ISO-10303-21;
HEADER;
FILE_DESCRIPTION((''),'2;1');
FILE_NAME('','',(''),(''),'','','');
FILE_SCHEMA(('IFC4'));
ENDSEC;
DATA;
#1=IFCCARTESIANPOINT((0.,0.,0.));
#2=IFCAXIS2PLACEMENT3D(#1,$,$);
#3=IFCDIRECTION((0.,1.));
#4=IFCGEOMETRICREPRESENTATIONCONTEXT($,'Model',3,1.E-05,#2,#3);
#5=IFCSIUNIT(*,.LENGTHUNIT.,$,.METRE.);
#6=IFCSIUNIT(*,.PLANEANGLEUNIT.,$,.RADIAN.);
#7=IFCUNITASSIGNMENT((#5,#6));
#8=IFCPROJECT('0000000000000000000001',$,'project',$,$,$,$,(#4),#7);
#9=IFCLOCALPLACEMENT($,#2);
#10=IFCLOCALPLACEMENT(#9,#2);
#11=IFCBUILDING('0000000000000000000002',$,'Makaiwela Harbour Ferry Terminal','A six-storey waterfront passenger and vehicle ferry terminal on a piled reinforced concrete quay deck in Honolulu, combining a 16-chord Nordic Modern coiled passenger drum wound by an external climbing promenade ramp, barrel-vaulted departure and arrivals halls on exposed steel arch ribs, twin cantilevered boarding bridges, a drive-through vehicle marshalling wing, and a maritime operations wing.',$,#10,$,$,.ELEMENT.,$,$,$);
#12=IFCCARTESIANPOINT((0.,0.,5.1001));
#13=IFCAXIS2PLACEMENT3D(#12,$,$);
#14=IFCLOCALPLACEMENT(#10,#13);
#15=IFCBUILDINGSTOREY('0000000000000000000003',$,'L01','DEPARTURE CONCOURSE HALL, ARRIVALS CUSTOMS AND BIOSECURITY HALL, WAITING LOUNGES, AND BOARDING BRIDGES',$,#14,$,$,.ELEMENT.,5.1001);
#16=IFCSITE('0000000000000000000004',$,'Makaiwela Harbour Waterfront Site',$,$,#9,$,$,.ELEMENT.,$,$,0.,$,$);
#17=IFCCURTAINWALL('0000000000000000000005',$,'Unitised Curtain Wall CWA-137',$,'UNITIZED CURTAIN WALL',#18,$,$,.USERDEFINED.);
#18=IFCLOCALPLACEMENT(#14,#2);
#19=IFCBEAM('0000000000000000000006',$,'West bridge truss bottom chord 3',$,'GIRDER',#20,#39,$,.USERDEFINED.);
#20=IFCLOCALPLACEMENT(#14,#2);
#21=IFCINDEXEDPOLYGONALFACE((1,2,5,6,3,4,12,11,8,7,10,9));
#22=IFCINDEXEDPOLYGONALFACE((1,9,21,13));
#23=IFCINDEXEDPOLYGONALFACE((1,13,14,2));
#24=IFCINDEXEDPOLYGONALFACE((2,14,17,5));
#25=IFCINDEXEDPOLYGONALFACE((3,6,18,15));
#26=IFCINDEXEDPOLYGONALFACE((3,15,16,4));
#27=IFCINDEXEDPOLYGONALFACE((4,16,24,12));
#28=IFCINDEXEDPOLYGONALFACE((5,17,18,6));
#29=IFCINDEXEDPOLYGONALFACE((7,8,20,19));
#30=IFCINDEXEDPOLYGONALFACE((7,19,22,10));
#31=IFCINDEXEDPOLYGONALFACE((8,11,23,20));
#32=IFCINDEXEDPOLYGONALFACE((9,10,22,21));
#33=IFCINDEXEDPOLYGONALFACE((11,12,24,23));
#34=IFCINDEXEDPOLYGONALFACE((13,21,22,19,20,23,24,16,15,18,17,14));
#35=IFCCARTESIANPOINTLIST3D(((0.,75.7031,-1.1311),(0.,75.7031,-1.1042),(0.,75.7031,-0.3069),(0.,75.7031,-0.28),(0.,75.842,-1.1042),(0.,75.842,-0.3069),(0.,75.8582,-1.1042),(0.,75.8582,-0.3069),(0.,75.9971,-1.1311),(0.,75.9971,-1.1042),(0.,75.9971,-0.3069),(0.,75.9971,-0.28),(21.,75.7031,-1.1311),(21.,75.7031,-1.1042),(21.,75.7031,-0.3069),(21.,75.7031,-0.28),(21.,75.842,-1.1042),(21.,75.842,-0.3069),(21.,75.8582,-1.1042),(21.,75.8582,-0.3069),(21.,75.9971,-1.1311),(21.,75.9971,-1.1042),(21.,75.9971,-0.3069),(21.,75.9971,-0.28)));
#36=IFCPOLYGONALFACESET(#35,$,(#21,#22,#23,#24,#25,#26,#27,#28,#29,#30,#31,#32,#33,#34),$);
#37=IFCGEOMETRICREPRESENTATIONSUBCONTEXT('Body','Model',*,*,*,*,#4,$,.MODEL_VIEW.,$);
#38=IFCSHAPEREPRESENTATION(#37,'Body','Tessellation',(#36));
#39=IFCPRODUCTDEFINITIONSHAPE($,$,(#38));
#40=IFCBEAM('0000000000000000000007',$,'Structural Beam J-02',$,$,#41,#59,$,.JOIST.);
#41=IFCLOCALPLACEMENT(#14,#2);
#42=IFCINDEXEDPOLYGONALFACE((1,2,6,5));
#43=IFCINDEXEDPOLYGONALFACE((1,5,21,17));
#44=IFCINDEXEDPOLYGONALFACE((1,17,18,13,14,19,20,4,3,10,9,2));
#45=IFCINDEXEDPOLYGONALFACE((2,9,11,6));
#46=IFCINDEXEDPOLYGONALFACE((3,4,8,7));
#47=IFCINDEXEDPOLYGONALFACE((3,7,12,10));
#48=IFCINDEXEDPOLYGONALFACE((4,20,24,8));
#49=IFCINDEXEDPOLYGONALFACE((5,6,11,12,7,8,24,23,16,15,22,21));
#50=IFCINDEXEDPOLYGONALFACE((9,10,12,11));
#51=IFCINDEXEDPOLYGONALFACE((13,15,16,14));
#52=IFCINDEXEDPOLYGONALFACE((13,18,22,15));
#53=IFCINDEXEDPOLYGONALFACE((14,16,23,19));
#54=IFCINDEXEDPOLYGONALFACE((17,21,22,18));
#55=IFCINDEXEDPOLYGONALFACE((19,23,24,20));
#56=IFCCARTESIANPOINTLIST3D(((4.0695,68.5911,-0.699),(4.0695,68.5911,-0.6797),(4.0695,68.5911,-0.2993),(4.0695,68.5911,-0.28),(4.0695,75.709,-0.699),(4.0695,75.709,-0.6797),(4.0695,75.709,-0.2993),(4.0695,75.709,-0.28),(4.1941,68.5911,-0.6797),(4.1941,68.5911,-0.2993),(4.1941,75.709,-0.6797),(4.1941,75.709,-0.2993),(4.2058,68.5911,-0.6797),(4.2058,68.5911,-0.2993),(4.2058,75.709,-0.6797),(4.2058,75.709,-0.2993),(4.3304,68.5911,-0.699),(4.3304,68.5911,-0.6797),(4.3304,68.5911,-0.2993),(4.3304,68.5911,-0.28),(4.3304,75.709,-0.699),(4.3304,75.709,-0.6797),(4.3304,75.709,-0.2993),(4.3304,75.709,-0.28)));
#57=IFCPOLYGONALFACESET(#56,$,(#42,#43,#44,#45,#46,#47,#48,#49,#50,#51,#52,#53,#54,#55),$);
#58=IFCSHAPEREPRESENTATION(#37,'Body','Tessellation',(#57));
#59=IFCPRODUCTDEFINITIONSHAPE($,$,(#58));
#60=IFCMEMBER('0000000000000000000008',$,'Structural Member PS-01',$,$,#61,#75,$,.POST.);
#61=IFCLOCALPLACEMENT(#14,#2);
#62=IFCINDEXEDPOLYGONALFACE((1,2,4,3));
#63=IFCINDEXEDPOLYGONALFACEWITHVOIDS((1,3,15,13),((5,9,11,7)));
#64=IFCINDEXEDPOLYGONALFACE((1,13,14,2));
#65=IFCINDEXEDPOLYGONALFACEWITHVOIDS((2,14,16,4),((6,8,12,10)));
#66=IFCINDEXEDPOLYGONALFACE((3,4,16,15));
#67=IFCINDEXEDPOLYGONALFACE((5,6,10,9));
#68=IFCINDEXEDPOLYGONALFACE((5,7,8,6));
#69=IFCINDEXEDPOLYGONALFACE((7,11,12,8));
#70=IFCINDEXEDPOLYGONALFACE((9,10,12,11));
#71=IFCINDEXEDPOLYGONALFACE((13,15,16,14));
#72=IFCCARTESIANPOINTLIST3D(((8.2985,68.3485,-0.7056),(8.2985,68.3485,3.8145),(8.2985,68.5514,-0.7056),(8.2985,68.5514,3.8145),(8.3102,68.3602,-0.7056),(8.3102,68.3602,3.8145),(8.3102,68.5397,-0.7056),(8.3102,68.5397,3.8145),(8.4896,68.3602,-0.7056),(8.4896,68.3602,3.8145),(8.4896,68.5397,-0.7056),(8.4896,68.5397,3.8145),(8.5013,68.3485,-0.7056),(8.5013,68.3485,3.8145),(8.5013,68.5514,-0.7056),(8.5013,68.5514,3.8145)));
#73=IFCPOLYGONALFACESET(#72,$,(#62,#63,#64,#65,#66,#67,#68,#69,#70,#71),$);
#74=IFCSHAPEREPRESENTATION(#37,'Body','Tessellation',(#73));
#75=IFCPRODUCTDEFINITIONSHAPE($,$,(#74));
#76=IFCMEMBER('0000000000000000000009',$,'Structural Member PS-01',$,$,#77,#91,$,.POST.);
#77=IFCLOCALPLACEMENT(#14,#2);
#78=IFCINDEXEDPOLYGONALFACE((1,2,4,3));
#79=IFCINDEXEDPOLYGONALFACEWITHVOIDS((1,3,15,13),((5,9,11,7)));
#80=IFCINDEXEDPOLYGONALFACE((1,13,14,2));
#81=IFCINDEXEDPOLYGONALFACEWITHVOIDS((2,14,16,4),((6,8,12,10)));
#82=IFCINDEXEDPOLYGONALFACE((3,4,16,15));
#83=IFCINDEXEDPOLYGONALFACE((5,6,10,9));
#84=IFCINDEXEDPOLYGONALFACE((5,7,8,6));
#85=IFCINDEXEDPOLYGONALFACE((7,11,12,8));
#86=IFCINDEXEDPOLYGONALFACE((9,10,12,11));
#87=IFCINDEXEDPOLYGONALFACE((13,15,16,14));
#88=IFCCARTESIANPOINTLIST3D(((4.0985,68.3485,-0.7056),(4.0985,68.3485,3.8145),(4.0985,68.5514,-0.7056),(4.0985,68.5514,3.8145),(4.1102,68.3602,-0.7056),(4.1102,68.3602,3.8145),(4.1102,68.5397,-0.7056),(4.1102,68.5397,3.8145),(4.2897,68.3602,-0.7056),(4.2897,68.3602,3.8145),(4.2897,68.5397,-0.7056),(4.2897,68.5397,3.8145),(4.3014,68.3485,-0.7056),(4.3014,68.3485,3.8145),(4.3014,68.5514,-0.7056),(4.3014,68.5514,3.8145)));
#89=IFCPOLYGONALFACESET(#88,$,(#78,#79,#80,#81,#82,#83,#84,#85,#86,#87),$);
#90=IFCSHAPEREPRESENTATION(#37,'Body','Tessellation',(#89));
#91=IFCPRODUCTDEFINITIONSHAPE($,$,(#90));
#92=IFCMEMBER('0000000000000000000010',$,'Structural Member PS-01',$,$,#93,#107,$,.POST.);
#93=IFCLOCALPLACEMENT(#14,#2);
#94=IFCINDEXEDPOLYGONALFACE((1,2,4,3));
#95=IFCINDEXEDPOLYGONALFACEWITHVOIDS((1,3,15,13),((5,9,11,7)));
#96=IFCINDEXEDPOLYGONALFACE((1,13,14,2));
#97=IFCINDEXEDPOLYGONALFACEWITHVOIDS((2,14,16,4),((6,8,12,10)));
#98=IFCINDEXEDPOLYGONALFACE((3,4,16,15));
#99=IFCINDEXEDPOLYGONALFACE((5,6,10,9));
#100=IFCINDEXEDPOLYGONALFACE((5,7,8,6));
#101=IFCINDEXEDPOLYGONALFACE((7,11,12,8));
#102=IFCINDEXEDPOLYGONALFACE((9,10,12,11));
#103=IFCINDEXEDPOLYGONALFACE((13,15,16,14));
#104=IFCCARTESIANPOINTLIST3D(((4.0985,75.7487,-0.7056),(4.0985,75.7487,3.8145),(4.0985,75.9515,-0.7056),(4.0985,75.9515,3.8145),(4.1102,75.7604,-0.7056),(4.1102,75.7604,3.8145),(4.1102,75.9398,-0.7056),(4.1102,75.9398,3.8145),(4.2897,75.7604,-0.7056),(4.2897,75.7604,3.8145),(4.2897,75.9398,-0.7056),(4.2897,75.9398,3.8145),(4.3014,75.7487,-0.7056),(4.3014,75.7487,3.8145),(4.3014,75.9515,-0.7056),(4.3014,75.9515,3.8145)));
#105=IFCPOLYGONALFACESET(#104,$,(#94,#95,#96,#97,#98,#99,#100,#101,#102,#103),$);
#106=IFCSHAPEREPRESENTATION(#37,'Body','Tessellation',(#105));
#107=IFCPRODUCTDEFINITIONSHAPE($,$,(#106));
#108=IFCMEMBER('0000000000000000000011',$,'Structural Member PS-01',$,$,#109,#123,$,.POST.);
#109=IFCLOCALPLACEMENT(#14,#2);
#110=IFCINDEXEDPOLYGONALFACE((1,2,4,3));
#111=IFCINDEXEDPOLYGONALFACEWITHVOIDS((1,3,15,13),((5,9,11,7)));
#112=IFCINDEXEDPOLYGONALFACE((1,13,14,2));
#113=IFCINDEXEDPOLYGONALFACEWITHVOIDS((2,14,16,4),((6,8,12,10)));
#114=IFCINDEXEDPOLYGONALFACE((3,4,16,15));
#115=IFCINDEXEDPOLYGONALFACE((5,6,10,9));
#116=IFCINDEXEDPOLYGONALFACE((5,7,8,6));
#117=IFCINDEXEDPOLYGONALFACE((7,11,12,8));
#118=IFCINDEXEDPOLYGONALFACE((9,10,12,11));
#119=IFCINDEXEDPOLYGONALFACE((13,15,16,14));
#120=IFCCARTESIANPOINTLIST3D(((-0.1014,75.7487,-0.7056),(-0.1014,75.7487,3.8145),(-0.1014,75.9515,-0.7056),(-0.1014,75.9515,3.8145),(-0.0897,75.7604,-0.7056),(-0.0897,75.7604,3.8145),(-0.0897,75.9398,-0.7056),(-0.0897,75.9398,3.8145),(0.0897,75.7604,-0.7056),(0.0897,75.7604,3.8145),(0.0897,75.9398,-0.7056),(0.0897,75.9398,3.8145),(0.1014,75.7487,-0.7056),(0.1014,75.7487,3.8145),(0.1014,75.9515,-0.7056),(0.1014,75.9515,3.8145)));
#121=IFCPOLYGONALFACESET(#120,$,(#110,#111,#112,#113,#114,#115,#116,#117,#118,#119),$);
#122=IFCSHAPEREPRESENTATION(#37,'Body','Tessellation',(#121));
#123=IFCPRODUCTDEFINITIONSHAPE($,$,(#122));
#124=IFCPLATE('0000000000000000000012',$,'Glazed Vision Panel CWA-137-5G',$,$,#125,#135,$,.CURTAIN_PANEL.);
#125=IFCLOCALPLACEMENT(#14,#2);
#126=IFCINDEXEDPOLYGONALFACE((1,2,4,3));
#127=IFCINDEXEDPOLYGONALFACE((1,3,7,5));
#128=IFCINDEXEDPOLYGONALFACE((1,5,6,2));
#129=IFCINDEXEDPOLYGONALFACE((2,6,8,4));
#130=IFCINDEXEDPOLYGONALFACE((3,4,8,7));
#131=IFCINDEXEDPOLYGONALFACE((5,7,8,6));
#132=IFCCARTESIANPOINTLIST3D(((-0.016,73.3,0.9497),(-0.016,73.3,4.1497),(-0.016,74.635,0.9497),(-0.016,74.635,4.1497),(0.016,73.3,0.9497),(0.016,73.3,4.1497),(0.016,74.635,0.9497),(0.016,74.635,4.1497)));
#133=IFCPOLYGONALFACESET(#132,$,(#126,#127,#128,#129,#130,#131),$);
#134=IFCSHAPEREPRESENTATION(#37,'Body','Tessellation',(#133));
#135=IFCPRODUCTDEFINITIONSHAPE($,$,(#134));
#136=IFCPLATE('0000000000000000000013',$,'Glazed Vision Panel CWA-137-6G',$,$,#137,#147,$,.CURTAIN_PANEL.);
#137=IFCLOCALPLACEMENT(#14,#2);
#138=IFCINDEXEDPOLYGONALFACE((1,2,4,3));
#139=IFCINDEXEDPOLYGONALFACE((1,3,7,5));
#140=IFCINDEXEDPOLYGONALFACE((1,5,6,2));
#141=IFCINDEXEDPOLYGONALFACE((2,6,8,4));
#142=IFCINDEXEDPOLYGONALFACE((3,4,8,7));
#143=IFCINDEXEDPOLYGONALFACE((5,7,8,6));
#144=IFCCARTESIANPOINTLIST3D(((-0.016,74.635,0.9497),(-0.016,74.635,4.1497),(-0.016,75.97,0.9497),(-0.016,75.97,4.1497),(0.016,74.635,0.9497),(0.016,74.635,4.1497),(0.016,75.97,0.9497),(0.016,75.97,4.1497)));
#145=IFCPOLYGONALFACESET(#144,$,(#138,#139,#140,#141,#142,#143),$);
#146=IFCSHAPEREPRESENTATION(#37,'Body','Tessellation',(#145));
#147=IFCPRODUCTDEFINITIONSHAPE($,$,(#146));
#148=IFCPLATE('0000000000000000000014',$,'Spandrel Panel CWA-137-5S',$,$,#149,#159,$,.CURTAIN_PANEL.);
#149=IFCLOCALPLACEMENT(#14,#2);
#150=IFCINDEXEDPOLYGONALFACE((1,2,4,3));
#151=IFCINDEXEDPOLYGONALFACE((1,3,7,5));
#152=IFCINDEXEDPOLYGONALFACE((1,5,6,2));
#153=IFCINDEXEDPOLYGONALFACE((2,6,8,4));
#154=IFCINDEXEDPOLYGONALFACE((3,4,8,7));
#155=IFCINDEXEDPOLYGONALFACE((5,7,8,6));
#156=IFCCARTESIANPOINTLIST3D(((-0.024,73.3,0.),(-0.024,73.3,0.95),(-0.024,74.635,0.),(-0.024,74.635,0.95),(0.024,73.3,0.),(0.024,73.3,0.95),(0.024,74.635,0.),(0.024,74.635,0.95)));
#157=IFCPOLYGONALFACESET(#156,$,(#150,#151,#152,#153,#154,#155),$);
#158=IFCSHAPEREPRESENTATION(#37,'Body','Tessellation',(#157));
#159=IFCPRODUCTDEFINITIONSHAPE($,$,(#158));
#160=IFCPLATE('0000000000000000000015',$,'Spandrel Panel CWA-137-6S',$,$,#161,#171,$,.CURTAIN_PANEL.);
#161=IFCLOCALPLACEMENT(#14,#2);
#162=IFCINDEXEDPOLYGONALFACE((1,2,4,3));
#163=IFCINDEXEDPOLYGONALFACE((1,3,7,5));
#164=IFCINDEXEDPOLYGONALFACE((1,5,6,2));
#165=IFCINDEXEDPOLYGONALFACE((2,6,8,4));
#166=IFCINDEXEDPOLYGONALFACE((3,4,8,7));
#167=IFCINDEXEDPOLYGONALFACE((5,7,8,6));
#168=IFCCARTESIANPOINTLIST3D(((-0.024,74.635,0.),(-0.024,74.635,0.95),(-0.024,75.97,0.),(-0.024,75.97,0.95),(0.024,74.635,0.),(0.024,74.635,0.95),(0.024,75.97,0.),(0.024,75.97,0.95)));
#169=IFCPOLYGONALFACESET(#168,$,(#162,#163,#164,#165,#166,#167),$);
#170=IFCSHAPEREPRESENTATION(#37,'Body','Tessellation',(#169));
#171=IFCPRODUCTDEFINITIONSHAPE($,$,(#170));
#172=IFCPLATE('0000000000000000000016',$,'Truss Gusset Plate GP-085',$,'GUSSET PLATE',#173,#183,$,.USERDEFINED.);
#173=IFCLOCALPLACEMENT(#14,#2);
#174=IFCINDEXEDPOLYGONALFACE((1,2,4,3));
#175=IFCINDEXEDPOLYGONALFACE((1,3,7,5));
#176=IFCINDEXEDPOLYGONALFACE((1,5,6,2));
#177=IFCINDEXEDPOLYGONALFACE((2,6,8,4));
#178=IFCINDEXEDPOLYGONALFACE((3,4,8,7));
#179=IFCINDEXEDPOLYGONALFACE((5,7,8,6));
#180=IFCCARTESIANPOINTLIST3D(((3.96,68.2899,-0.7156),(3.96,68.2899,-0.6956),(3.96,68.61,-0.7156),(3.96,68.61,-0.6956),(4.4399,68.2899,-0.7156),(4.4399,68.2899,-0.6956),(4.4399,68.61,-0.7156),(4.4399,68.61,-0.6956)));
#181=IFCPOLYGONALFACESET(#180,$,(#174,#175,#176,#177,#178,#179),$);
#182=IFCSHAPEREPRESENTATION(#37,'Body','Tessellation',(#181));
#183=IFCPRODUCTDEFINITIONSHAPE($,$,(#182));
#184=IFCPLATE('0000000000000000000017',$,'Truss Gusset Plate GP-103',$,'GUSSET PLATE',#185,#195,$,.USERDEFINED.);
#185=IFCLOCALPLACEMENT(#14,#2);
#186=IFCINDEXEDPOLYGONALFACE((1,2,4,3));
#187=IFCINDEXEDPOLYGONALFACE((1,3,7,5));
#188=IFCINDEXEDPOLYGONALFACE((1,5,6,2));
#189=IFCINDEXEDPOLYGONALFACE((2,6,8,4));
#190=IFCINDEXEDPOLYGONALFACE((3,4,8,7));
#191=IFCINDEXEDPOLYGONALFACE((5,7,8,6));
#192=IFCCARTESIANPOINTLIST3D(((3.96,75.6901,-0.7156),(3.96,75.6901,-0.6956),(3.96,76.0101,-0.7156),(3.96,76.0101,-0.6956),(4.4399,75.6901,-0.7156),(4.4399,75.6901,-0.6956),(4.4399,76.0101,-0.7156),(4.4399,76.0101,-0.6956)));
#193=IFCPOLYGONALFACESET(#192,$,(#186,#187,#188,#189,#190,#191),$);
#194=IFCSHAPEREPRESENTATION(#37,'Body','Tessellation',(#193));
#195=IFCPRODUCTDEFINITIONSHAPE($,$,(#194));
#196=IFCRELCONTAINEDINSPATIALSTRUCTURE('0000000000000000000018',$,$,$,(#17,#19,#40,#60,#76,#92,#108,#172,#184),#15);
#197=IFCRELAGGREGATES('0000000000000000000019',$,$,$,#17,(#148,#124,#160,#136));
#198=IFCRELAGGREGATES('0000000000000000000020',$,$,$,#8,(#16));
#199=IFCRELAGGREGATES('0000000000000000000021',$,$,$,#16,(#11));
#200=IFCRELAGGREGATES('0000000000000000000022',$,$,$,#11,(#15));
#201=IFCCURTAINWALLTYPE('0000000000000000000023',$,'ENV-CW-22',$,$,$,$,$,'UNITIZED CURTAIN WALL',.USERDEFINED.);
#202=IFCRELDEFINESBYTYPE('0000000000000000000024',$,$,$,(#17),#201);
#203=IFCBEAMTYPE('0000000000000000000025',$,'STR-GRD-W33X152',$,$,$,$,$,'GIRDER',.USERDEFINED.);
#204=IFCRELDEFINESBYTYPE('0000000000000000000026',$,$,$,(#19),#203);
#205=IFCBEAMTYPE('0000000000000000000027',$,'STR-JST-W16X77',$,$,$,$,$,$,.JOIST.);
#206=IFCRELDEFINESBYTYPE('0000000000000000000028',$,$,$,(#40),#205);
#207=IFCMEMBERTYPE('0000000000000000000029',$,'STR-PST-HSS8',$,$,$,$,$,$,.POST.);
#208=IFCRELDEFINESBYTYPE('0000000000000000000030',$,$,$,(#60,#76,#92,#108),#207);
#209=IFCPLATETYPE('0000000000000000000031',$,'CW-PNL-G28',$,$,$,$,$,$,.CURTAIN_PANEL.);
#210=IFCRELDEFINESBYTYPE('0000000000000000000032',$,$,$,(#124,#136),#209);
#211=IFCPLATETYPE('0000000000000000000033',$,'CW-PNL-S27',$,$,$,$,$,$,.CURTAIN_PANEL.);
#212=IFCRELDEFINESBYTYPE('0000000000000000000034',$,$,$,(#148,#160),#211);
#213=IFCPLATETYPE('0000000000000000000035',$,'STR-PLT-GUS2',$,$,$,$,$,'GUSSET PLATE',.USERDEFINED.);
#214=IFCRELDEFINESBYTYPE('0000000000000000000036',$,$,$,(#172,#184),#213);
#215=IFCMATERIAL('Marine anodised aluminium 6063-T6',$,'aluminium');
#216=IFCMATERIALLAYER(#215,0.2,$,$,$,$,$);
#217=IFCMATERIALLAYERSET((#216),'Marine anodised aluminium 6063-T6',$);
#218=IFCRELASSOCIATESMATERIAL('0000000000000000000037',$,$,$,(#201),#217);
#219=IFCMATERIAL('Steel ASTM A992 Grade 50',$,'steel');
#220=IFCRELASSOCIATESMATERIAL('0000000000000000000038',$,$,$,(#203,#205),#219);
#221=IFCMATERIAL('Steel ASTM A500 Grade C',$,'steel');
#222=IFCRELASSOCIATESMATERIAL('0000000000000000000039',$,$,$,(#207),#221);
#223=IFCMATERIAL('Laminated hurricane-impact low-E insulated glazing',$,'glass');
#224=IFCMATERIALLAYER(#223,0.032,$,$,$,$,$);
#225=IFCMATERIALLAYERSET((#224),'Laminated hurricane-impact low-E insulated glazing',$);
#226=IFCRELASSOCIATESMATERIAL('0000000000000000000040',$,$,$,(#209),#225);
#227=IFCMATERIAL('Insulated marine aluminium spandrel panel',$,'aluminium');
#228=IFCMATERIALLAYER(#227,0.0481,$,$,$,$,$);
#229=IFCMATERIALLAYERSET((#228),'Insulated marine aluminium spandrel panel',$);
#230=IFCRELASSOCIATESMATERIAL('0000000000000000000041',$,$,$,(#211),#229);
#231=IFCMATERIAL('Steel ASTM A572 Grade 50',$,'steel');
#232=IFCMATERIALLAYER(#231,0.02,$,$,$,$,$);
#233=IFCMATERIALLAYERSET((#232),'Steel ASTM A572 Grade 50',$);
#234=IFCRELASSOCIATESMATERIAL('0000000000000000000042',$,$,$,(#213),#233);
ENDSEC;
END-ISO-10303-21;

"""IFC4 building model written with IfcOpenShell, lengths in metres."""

from ifc_helpers import new_model, si_unit, direction, frame, origin, origin_2d, place, context, subcontext, project, spatial, rectangle, hollow_rectangle, i_section, extrude, material, layer, layer_set, material_profile, profile_set, type_object, element, aggregate, save


model = new_model("IFC4")

# Units and contexts
model_context = context("Model", 3, precision=1e-05, world=origin(), true_north=direction((0.0, 1.0)))
body_context = subcontext(model_context, "Body", "Model", "MODEL_VIEW")
ifc_project = project(units=[si_unit("LENGTHUNIT", "METRE"), si_unit("PLANEANGLEUNIT", "RADIAN")], contexts=[model_context])

# Site, building, storey
site_placement = place(None, origin())
site = spatial("IfcSite", under=ifc_project, at=site_placement, Name="Makaiwela Harbour Waterfront Site", CompositionType="ELEMENT", RefElevation=0.0)
building_placement = place(site_placement, origin())
building = spatial("IfcBuilding", under=site, at=building_placement, Name="Makaiwela Harbour Ferry Terminal", Description="A six-storey waterfront passenger and vehicle ferry terminal on a piled reinforced concrete quay deck in Honolulu, combining a 16-chord Nordic Modern coiled passenger drum wound by an external climbing promenade ramp, barrel-vaulted departure and arrivals halls on exposed steel arch ribs, twin cantilevered boarding bridges, a drive-through vehicle marshalling wing, and a maritime operations wing.", CompositionType="ELEMENT")
storey_placement = place(building_placement, frame((0.0, 0.0, 5.1001)))
storey = spatial("IfcBuildingStorey", under=building, at=storey_placement, Name="L01", Description="DEPARTURE CONCOURSE HALL, ARRIVALS CUSTOMS AND BIOSECURITY HALL, WAITING LOUNGES, AND BOARDING BRIDGES", CompositionType="ELEMENT", Elevation=5.1001)

# Curtain wall
ifc_material_1 = material(Name="Marine anodised aluminium 6063-T6", Category="aluminium")
ifc_layer_1 = layer(ifc_material_1, 0.2)
ifc_layer_set_1 = layer_set([ifc_layer_1], Name="Marine anodised aluminium 6063-T6")
curtain_wall_type = type_object("IfcCurtainWallType", Name="ENV-CW-22", ElementType="UNITIZED CURTAIN WALL", PredefinedType="USERDEFINED", material=ifc_layer_set_1)
curtain_wall_placement = place(storey_placement, origin())
curtain_wall = element("IfcCurtainWall", 1, at=curtain_wall_placement, inside=storey, type_object=curtain_wall_type, Name="Unitised Curtain Wall CWA-137", ObjectType="UNITIZED CURTAIN WALL", PredefinedType="USERDEFINED")

# Shared definitions
ifc_material_2 = material(Name="Steel ASTM A500 Grade C", Category="steel")

# Beams
ifc_material_3 = material(Name="Steel ASTM A992 Grade 50", Category="steel")
ifc_material_profile_1 = material_profile(ifc_material_3, i_section(OverallWidth=0.2939, OverallDepth=0.8511, WebThickness=0.0161, FlangeThickness=0.0269, at=origin_2d()), Name="W33X152")
ifc_profile_set_1 = profile_set([ifc_material_profile_1], Name="Steel ASTM A992 Grade 50")
beam_type_1 = type_object("IfcBeamType", Name="STR-GRD-W33X152", ElementType="GIRDER", PredefinedType="USERDEFINED", material=ifc_profile_set_1)
beam_1_placement = place(storey_placement, frame((0.0, 75.8501, -0.7056), z_axis=(1.0, 0.0, 0.0), x_axis=(0.0, 1.0, 0.0)))
element("IfcBeam", 2, at=beam_1_placement, inside=storey, type_object=beam_type_1, Name="West bridge truss bottom chord 3", ObjectType="GIRDER", PredefinedType="USERDEFINED", context=body_context, shape_type="SweptSolid", body=[
    extrude(i_section(OverallWidth=0.2939, OverallDepth=0.8511, WebThickness=0.0161, FlangeThickness=0.0269, at=origin_2d()), origin(), (0.0, 0.0, 1.0), 21.0),
])
ifc_material_profile_2 = material_profile(ifc_material_3, i_section(OverallWidth=0.261, OverallDepth=0.4189, WebThickness=0.0117, FlangeThickness=0.0193, at=origin_2d()), Name="W16X77")
ifc_profile_set_2 = profile_set([ifc_material_profile_2], Name="Steel ASTM A992 Grade 50")
beam_type_2 = type_object("IfcBeamType", Name="STR-JST-W16X77", PredefinedType="JOIST", material=ifc_profile_set_2)
beam_2_placement = place(storey_placement, frame((4.2, 68.5911, -0.4895), z_axis=(0.0, 1.0, 0.0), x_axis=(-1.0, 0.0, 0.0)))
element("IfcBeam", 3, at=beam_2_placement, inside=storey, type_object=beam_type_2, Name="Structural Beam J-02", PredefinedType="JOIST", context=body_context, shape_type="SweptSolid", body=[
    extrude(i_section(OverallWidth=0.261, OverallDepth=0.4189, WebThickness=0.0117, FlangeThickness=0.0193, at=origin_2d()), origin(), (0.0, 0.0, 1.0), 7.1179),
])

# Members
ifc_material_profile_3 = material_profile(ifc_material_2, hollow_rectangle(XDim=0.2029, YDim=0.2029, WallThickness=0.0117, at=origin_2d()), Name="HSS8X8X1/2")
ifc_profile_set_3 = profile_set([ifc_material_profile_3], Name="Steel ASTM A500 Grade C")
member_type_1 = type_object("IfcMemberType", Name="STR-PST-HSS8", PredefinedType="POST", material=ifc_profile_set_3)
for number, where, z_axis, x_axis, name in (
    (4, (8.3999, 68.45, -0.7056), (0.0, 0.0, 1.0), (1.0, 0.0, 0.0), "Structural Member PS-01"),
    (5, (4.2, 68.45, -0.7056), (0.0, 0.0, 1.0), (1.0, 0.0, 0.0), "Structural Member PS-01"),
    (6, (4.2, 75.8501, -0.7056), (0.0, 0.0, 1.0), (1.0, 0.0, 0.0), "Structural Member PS-01"),
    (7, (0.0, 75.8501, -0.7056), (0.0, 0.0, 1.0), (1.0, 0.0, 0.0), "Structural Member PS-01"),
):
    element("IfcMember", number, at=place(storey_placement, frame(where, z_axis=z_axis, x_axis=x_axis)), inside=storey, type_object=member_type_1, Name=name, PredefinedType="POST", context=body_context, shape_type="SweptSolid", body=[
        extrude(hollow_rectangle(XDim=0.2029, YDim=0.2029, WallThickness=0.0117, at=origin_2d()), origin(), (0.0, 0.0, 1.0), 4.52),
    ])

# Plates
ifc_material_4 = material(Name="Laminated hurricane-impact low-E insulated glazing", Category="glass")
ifc_layer_2 = layer(ifc_material_4, 0.032)
ifc_layer_set_2 = layer_set([ifc_layer_2], Name="Laminated hurricane-impact low-E insulated glazing")
plate_type_1 = type_object("IfcPlateType", Name="CW-PNL-G28", PredefinedType="CURTAIN_PANEL", material=ifc_layer_set_2)
plate_1_placement = place(storey_placement, frame((0.0, 73.9675, 0.9497), z_axis=(0.0, 0.0, 1.0), x_axis=(0.0, 1.0, 0.0)))
plate_1 = element("IfcPlate", 8, at=plate_1_placement, type_object=plate_type_1, Name="Glazed Vision Panel CWA-137-5G", PredefinedType="CURTAIN_PANEL", context=body_context, shape_type="SweptSolid", body=[
    extrude(rectangle(XDim=1.335, YDim=0.032, at=origin_2d()), origin(), (0.0, 0.0, 1.0), 3.2),
])
plate_2_placement = place(storey_placement, frame((0.0, 75.3025, 0.9497), z_axis=(0.0, 0.0, 1.0), x_axis=(0.0, 1.0, 0.0)))
plate_2 = element("IfcPlate", 9, at=plate_2_placement, type_object=plate_type_1, Name="Glazed Vision Panel CWA-137-6G", PredefinedType="CURTAIN_PANEL", context=body_context, shape_type="SweptSolid", body=[
    extrude(rectangle(XDim=1.335, YDim=0.032, at=origin_2d()), origin(), (0.0, 0.0, 1.0), 3.2),
])
ifc_material_5 = material(Name="Insulated marine aluminium spandrel panel", Category="aluminium")
ifc_layer_3 = layer(ifc_material_5, 0.0481)
ifc_layer_set_3 = layer_set([ifc_layer_3], Name="Insulated marine aluminium spandrel panel")
plate_type_2 = type_object("IfcPlateType", Name="CW-PNL-S27", PredefinedType="CURTAIN_PANEL", material=ifc_layer_set_3)
plate_3_placement = place(storey_placement, frame((0.0, 73.9675, 0.0), z_axis=(0.0, 0.0, 1.0), x_axis=(0.0, 1.0, 0.0)))
plate_3 = element("IfcPlate", 10, at=plate_3_placement, type_object=plate_type_2, Name="Spandrel Panel CWA-137-5S", PredefinedType="CURTAIN_PANEL", context=body_context, shape_type="SweptSolid", body=[
    extrude(rectangle(XDim=1.335, YDim=0.0481, at=origin_2d()), origin(), (0.0, 0.0, 1.0), 0.95),
])
plate_4_placement = place(storey_placement, frame((0.0, 75.3025, 0.0), z_axis=(0.0, 0.0, 1.0), x_axis=(0.0, 1.0, 0.0)))
plate_4 = element("IfcPlate", 11, at=plate_4_placement, type_object=plate_type_2, Name="Spandrel Panel CWA-137-6S", PredefinedType="CURTAIN_PANEL", context=body_context, shape_type="SweptSolid", body=[
    extrude(rectangle(XDim=1.335, YDim=0.0481, at=origin_2d()), origin(), (0.0, 0.0, 1.0), 0.95),
])
aggregate(curtain_wall, [plate_3, plate_1, plate_4, plate_2])

# Plates
ifc_material_6 = material(Name="Steel ASTM A572 Grade 50", Category="steel")
ifc_layer_4 = layer(ifc_material_6, 0.02)
ifc_layer_set_4 = layer_set([ifc_layer_4], Name="Steel ASTM A572 Grade 50")
plate_type_3 = type_object("IfcPlateType", Name="STR-PLT-GUS2", ElementType="GUSSET PLATE", PredefinedType="USERDEFINED", material=ifc_layer_set_4)
for number, where, z_axis, x_axis, name in (
    (12, (4.2, 68.45, -0.7156), (0.0, 0.0, 1.0), (1.0, 0.0, 0.0), "Truss Gusset Plate GP-085"),
    (13, (4.2, 75.8501, -0.7156), (0.0, 0.0, 1.0), (1.0, 0.0, 0.0), "Truss Gusset Plate GP-103"),
):
    element("IfcPlate", number, at=place(storey_placement, frame(where, z_axis=z_axis, x_axis=x_axis)), inside=storey, type_object=plate_type_3, Name=name, ObjectType="GUSSET PLATE", PredefinedType="USERDEFINED", context=body_context, shape_type="SweptSolid", body=[
        extrude(rectangle(XDim=0.48, YDim=0.3201, at=origin_2d()), origin(), (0.0, 0.0, 1.0), 0.02),
    ])

save(model, "model.ifc")
